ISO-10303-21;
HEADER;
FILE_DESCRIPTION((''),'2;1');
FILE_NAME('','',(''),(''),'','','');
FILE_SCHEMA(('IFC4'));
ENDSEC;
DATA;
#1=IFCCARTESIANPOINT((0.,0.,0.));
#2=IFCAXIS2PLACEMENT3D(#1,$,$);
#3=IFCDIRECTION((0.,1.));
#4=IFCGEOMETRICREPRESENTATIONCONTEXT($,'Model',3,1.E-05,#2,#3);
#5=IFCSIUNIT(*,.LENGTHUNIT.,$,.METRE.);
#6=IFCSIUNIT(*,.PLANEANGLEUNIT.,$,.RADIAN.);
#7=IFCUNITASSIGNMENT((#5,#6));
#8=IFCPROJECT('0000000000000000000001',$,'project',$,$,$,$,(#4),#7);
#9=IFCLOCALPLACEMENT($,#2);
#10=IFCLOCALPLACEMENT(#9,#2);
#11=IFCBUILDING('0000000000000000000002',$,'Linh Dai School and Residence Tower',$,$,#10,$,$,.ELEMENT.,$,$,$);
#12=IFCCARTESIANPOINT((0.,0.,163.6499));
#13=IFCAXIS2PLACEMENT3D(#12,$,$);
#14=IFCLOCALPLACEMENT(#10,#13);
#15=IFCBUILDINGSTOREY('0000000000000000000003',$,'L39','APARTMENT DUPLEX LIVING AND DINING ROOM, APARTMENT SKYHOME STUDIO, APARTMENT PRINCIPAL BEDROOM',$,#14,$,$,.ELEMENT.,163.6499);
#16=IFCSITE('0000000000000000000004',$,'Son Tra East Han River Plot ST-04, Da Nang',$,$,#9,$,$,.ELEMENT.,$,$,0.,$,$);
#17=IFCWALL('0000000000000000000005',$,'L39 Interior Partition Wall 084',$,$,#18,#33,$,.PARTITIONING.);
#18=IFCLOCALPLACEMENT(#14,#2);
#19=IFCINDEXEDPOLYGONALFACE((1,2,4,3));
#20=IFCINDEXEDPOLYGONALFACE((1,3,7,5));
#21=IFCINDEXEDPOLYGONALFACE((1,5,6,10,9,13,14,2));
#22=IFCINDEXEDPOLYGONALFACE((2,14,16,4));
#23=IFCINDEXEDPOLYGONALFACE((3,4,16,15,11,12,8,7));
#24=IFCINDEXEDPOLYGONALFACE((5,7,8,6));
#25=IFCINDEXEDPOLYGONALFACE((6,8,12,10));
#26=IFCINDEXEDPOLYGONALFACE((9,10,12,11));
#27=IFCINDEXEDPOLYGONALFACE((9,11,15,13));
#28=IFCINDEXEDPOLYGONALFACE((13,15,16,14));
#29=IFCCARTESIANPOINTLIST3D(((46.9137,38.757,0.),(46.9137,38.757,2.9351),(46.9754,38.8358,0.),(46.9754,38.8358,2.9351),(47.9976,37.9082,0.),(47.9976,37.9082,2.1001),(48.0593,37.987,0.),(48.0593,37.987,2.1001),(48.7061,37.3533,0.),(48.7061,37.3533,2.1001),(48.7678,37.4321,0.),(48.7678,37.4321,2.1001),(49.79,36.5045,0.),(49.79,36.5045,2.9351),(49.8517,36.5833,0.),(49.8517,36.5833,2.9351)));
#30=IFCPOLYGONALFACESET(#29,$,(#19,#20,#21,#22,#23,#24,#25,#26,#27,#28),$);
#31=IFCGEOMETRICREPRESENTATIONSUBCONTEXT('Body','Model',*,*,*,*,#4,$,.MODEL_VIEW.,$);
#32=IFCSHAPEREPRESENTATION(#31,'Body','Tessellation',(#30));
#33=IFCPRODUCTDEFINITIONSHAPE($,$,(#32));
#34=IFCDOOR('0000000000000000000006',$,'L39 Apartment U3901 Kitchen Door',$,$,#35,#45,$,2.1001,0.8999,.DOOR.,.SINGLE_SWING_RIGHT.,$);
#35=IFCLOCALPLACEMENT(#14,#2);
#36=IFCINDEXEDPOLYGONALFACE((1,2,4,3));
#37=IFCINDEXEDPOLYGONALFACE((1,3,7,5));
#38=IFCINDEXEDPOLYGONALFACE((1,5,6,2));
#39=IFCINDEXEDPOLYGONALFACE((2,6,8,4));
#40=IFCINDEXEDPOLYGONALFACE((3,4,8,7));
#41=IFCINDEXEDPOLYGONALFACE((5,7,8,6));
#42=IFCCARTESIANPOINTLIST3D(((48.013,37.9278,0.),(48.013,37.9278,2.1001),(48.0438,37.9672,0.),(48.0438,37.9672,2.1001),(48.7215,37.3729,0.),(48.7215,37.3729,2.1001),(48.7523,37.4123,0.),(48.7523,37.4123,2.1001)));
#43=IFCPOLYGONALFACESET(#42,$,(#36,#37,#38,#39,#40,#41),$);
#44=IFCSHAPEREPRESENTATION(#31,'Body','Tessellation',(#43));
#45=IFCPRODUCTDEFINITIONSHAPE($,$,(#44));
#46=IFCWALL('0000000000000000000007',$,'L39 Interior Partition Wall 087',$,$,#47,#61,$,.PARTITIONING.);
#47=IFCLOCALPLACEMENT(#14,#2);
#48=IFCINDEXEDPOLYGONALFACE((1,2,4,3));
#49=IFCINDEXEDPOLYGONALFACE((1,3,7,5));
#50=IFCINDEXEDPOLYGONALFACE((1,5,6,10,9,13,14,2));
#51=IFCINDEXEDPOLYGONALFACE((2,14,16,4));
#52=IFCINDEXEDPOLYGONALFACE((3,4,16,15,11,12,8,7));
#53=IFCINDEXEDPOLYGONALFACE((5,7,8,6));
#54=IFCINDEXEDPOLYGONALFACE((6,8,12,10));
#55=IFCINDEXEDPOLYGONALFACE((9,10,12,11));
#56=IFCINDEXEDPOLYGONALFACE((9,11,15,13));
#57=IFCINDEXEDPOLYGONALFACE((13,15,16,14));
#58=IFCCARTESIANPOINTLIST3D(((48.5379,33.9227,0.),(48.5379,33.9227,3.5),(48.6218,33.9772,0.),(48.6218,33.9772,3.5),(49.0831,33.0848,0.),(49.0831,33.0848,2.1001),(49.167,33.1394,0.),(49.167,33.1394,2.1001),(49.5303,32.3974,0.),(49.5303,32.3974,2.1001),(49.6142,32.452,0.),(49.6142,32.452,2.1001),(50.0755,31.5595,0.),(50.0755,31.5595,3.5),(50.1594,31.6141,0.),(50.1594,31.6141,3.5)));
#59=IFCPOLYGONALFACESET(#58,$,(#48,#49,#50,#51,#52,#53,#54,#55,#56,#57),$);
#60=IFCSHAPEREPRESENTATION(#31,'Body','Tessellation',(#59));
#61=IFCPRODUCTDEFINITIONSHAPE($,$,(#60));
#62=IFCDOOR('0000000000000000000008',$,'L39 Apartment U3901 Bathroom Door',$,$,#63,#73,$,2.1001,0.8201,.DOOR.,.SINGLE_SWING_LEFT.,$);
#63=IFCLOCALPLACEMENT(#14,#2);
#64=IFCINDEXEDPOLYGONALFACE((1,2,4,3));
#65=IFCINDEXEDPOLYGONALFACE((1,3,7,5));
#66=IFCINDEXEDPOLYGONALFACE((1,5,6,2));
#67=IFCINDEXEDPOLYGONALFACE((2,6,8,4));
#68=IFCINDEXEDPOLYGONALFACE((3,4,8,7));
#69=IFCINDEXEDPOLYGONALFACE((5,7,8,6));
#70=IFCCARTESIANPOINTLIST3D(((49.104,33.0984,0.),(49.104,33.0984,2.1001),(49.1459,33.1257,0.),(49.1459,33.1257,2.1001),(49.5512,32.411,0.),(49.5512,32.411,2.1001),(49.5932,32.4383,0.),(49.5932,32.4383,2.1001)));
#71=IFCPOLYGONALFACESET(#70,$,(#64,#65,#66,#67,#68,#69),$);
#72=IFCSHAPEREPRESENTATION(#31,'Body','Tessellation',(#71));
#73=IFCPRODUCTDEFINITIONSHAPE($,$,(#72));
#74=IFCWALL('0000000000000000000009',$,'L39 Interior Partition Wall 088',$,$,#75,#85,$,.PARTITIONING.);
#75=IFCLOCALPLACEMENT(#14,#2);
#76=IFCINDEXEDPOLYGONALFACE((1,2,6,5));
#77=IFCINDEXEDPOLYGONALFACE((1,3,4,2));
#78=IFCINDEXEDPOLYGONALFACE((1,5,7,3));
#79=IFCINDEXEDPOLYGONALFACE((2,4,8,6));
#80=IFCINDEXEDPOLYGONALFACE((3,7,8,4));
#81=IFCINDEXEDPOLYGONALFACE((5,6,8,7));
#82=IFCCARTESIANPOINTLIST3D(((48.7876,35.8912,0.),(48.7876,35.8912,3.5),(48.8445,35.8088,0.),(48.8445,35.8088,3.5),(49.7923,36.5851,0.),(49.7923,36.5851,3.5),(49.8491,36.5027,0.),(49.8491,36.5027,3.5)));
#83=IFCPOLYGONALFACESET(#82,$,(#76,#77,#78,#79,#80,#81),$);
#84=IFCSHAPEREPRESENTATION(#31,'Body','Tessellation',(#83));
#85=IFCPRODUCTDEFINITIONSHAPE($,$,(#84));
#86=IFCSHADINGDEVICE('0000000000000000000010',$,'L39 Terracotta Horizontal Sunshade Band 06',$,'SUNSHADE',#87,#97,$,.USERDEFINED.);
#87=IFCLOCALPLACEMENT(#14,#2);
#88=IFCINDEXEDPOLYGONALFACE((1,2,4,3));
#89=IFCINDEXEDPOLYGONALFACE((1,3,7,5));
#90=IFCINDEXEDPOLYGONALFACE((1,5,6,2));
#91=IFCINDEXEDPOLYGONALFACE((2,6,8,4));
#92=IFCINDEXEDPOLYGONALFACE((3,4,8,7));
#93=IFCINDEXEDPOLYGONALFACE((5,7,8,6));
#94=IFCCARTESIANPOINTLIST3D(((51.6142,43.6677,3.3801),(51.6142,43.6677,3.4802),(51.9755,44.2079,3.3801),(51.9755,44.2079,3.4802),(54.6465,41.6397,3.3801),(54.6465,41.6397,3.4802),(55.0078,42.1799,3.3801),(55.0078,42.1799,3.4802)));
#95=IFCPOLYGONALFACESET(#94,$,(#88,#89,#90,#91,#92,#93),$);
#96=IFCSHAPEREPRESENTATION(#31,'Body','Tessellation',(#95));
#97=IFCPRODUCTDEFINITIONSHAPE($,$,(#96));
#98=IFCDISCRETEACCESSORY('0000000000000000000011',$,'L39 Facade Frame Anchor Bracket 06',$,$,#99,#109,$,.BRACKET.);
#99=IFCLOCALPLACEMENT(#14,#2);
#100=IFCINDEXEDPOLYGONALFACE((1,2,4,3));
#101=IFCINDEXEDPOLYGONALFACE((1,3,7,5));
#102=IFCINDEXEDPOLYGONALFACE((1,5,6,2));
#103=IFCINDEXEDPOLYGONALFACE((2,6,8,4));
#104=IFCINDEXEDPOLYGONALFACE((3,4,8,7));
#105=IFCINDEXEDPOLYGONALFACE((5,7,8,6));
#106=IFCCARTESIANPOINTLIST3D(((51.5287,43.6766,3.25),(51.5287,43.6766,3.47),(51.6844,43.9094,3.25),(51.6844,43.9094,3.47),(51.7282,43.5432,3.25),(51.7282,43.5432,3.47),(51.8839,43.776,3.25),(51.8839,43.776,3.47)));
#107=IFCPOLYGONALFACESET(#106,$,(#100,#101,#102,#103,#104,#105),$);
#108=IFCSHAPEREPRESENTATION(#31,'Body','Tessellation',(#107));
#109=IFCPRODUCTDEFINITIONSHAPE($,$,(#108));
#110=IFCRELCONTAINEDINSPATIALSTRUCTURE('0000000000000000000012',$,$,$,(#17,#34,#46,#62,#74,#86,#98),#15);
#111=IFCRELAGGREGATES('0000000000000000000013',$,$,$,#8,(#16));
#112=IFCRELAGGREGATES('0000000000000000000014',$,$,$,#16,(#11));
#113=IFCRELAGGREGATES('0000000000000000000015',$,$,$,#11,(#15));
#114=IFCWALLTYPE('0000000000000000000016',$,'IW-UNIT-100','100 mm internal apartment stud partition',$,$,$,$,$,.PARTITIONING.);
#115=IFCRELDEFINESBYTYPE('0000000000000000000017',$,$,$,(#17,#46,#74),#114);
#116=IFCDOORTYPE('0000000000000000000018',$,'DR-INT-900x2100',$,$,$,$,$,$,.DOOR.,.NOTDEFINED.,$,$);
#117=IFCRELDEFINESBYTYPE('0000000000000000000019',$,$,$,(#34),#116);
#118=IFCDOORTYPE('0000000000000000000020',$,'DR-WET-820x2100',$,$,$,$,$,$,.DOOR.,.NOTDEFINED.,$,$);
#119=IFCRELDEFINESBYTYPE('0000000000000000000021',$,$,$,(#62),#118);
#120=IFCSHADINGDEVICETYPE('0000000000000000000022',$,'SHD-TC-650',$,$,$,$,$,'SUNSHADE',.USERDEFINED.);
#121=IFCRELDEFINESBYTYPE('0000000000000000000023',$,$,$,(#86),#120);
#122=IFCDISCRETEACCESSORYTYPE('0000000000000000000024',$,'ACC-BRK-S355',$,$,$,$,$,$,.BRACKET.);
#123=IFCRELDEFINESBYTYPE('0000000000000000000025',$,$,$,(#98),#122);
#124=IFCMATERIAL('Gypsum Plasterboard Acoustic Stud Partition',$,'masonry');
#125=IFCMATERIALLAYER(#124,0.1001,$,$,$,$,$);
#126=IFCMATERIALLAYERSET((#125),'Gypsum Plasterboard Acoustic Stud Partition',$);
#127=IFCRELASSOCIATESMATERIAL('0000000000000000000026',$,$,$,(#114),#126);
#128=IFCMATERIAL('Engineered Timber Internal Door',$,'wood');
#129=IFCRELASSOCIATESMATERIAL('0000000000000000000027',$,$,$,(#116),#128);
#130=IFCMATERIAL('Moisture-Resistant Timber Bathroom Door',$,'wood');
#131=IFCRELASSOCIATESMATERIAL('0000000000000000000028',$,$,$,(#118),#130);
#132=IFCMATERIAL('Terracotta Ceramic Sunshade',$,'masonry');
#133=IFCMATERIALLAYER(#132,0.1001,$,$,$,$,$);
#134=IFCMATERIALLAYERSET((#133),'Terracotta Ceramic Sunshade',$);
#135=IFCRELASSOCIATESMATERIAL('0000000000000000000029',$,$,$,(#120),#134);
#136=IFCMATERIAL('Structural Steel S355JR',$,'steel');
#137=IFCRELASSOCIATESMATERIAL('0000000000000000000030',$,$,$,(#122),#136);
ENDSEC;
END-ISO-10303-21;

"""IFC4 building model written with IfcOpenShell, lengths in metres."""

from ifc_helpers import new_model, si_unit, direction, frame, frame_2d, origin, origin_2d, place, context, subcontext, project, spatial, rectangle, extrude, source, transform, mapped, material, layer, layer_set, type_object, element, fill, save


model = new_model("IFC4")

# Units and contexts
model_context = context("Model", 3, precision=1e-05, world=origin(), true_north=direction((0.0, 1.0)))
body_context = subcontext(model_context, "Body", "Model", "MODEL_VIEW")
ifc_project = project(units=[si_unit("LENGTHUNIT", "METRE"), si_unit("PLANEANGLEUNIT", "RADIAN")], contexts=[model_context])

# Site, building, storey
site_placement = place(None, origin())
site = spatial("IfcSite", under=ifc_project, at=site_placement, Name="Son Tra East Han River Plot ST-04, Da Nang", CompositionType="ELEMENT", RefElevation=0.0)
building_placement = place(site_placement, origin())
building = spatial("IfcBuilding", under=site, at=building_placement, Name="Linh Dai School and Residence Tower", CompositionType="ELEMENT")
storey_placement = place(building_placement, frame((0.0, 0.0, 163.6499)))
storey = spatial("IfcBuildingStorey", under=building, at=storey_placement, Name="L39", Description="APARTMENT DUPLEX LIVING AND DINING ROOM, APARTMENT SKYHOME STUDIO, APARTMENT PRINCIPAL BEDROOM", CompositionType="ELEMENT", Elevation=163.6499)

# Shared definitions
ifc_material_1 = material(Name="Structural Steel S355JR", Category="steel")

# Walls, openings, doors
ifc_material_2 = material(Name="Gypsum Plasterboard Acoustic Stud Partition", Category="masonry")
ifc_layer_1 = layer(ifc_material_2, 0.1001)
ifc_layer_set_1 = layer_set([ifc_layer_1], Name="Gypsum Plasterboard Acoustic Stud Partition")
wall_type_1 = type_object("IfcWallType", Name="IW-UNIT-100", Description="100 mm internal apartment stud partition", PredefinedType="PARTITIONING", material=ifc_layer_set_1)
wall_1_placement = place(storey_placement, frame((46.9446, 38.7964, 0.0), z_axis=(0.0, 0.0, 1.0), x_axis=(0.787308, -0.616561, 0.0)))
wall_1 = element("IfcWall", 1, at=wall_1_placement, inside=storey, type_object=wall_type_1, Name="L39 Interior Partition Wall 084", PredefinedType="PARTITIONING", context=body_context, shape_type="SweptSolid", body=[
    extrude(rectangle(XDim=3.6533, YDim=0.1001, at=frame_2d((1.8267, 0.0))), origin(), (0.0, 0.0, 1.0), 2.9351),
])
opening_1_placement = place(wall_1_placement, frame((1.3767, 0.0, 0.0)))
opening_1 = element("IfcOpeningElement", 2, at=opening_1_placement, cuts=wall_1, PredefinedType="OPENING", context=body_context, shape_type="SweptSolid", body=[
    extrude(rectangle(XDim=0.8999, YDim=2.1001, at=origin_2d()), frame((0.45, 0.0601, 1.05), z_axis=(0.0, -1.0, 0.0), x_axis=(1.0, 0.0, 0.0)), (0.0, 0.0, 1.0), 0.1201),
])
ifc_material_3 = material(Name="Engineered Timber Internal Door", Category="wood")
door_type_1 = type_object("IfcDoorType", Name="DR-INT-900x2100", OperationType="NOTDEFINED", PredefinedType="DOOR", material=ifc_material_3)
shared_shape_1 = source(origin(), body_context, "Body", "SweptSolid", [
    extrude(rectangle(XDim=0.8999, YDim=2.1001, at=origin_2d()), frame((0.45, 0.0249, 1.05), z_axis=(0.0, -1.0, 0.0), x_axis=(1.0, 0.0, 0.0)), (0.0, 0.0, 1.0), 0.05),
])
door_1_placement = place(opening_1_placement, origin())
door_1 = element("IfcDoor", 3, at=door_1_placement, inside=storey, type_object=door_type_1, Name="L39 Apartment U3901 Kitchen Door", OperationType="SINGLE_SWING_RIGHT", OverallHeight=2.1001, OverallWidth=0.8999, PredefinedType="DOOR", context=body_context, shape_type="MappedRepresentation", body=[
    mapped(shared_shape_1, transform((0.0, 0.0, 0.0), x_axis=(1.0, 0.0, 0.0), y_axis=(0.0, 1.0, 0.0), z_axis=(0.0, 0.0, 1.0), scale=1.0)),
])
fill(opening_1, door_1)
wall_2_placement = place(storey_placement, frame((48.5798, 33.95, 0.0), z_axis=(0.0, 0.0, 1.0), x_axis=(0.545393, -0.83818, 0.0)))
wall_2 = element("IfcWall", 4, at=wall_2_placement, inside=storey, type_object=wall_type_1, Name="L39 Interior Partition Wall 087", PredefinedType="PARTITIONING", context=body_context, shape_type="SweptSolid", body=[
    extrude(rectangle(XDim=2.8193, YDim=0.1001, at=frame_2d((1.4097, 0.0))), origin(), (0.0, 0.0, 1.0), 3.5),
])
opening_2_placement = place(wall_2_placement, frame((0.9995, 0.0, 0.0)))
opening_2 = element("IfcOpeningElement", 5, at=opening_2_placement, cuts=wall_2, PredefinedType="OPENING", context=body_context, shape_type="SweptSolid", body=[
    extrude(rectangle(XDim=0.8201, YDim=2.1001, at=origin_2d()), frame((0.4102, 0.0601, 1.05), z_axis=(0.0, -1.0, 0.0), x_axis=(1.0, 0.0, 0.0)), (0.0, 0.0, 1.0), 0.1201),
])
ifc_material_4 = material(Name="Moisture-Resistant Timber Bathroom Door", Category="wood")
door_type_2 = type_object("IfcDoorType", Name="DR-WET-820x2100", OperationType="NOTDEFINED", PredefinedType="DOOR", material=ifc_material_4)
shared_shape_2 = source(origin(), body_context, "Body", "SweptSolid", [
    extrude(rectangle(XDim=0.8201, YDim=2.1001, at=origin_2d()), frame((0.4102, 0.0249, 1.05), z_axis=(0.0, -1.0, 0.0), x_axis=(1.0, 0.0, 0.0)), (0.0, 0.0, 1.0), 0.05),
])
door_2_placement = place(opening_2_placement, origin())
door_2 = element("IfcDoor", 6, at=door_2_placement, inside=storey, type_object=door_type_2, Name="L39 Apartment U3901 Bathroom Door", OperationType="SINGLE_SWING_LEFT", OverallHeight=2.1001, OverallWidth=0.8201, PredefinedType="DOOR", context=body_context, shape_type="MappedRepresentation", body=[
    mapped(shared_shape_2, transform((0.0, 0.0, 0.0), x_axis=(1.0, 0.0, 0.0), y_axis=(0.0, 1.0, 0.0), z_axis=(0.0, 0.0, 1.0), scale=1.0)),
])
fill(opening_2, door_2)

# Wall
wall_3_placement = place(storey_placement, frame((48.8162, 35.8501, 0.0), z_axis=(0.0, 0.0, 1.0), x_axis=(0.822832, 0.568284, 0.0)))
element("IfcWall", 7, at=wall_3_placement, inside=storey, type_object=wall_type_1, Name="L39 Interior Partition Wall 088", PredefinedType="PARTITIONING", context=body_context, shape_type="SweptSolid", body=[
    extrude(rectangle(XDim=1.2209, YDim=0.1001, at=frame_2d((0.6104, 0.0))), origin(), (0.0, 0.0, 1.0), 3.5),
])

# Shading device
ifc_material_5 = material(Name="Terracotta Ceramic Sunshade", Category="masonry")
ifc_layer_2 = layer(ifc_material_5, 0.1001)
ifc_layer_set_2 = layer_set([ifc_layer_2], Name="Terracotta Ceramic Sunshade")
shading_device_type = type_object("IfcShadingDeviceType", Name="SHD-TC-650", ElementType="SUNSHADE", PredefinedType="USERDEFINED", material=ifc_layer_set_2)
shared_shape_3 = source(origin(), body_context, "Body", "SweptSolid", [
    extrude(rectangle(XDim=3.6479, YDim=0.6499, at=origin_2d()), origin(), (0.0, 0.0, 1.0), 0.1001),
])
shading_device_placement = place(storey_placement, frame((53.311, 42.9238, 3.3801), z_axis=(0.0, 0.0, 1.0), x_axis=(0.831228, -0.555931, 0.0)))
element("IfcShadingDevice", 8, at=shading_device_placement, inside=storey, type_object=shading_device_type, Name="L39 Terracotta Horizontal Sunshade Band 06", ObjectType="SUNSHADE", PredefinedType="USERDEFINED", context=body_context, shape_type="MappedRepresentation", body=[
    mapped(shared_shape_3, transform((0.0, 0.0, 0.0), x_axis=(1.0, 0.0, 0.0), y_axis=(0.0, 1.0, 0.0), z_axis=(0.0, 0.0, 1.0), scale=1.0)),
])

# Discrete accessory
discrete_accessory_type = type_object("IfcDiscreteAccessoryType", Name="ACC-BRK-S355", PredefinedType="BRACKET", material=ifc_material_1)
shared_shape_4 = source(origin(), body_context, "Body", "SweptSolid", [
    extrude(rectangle(XDim=0.28, YDim=0.24, at=origin_2d()), origin(), (0.0, 0.0, 1.0), 0.22),
])
discrete_accessory_placement = place(storey_placement, frame((51.7063, 43.7263, 3.25), z_axis=(0.0, 0.0, 1.0), x_axis=(0.555931, 0.831228, 0.0)))
element("IfcDiscreteAccessory", 9, at=discrete_accessory_placement, inside=storey, type_object=discrete_accessory_type, Name="L39 Facade Frame Anchor Bracket 06", PredefinedType="BRACKET", context=body_context, shape_type="MappedRepresentation", body=[
    mapped(shared_shape_4, transform((0.0, 0.0, 0.0), x_axis=(1.0, 0.0, 0.0), y_axis=(0.0, 1.0, 0.0), z_axis=(0.0, 0.0, 1.0), scale=1.0)),
])

save(model, "model.ifc")
